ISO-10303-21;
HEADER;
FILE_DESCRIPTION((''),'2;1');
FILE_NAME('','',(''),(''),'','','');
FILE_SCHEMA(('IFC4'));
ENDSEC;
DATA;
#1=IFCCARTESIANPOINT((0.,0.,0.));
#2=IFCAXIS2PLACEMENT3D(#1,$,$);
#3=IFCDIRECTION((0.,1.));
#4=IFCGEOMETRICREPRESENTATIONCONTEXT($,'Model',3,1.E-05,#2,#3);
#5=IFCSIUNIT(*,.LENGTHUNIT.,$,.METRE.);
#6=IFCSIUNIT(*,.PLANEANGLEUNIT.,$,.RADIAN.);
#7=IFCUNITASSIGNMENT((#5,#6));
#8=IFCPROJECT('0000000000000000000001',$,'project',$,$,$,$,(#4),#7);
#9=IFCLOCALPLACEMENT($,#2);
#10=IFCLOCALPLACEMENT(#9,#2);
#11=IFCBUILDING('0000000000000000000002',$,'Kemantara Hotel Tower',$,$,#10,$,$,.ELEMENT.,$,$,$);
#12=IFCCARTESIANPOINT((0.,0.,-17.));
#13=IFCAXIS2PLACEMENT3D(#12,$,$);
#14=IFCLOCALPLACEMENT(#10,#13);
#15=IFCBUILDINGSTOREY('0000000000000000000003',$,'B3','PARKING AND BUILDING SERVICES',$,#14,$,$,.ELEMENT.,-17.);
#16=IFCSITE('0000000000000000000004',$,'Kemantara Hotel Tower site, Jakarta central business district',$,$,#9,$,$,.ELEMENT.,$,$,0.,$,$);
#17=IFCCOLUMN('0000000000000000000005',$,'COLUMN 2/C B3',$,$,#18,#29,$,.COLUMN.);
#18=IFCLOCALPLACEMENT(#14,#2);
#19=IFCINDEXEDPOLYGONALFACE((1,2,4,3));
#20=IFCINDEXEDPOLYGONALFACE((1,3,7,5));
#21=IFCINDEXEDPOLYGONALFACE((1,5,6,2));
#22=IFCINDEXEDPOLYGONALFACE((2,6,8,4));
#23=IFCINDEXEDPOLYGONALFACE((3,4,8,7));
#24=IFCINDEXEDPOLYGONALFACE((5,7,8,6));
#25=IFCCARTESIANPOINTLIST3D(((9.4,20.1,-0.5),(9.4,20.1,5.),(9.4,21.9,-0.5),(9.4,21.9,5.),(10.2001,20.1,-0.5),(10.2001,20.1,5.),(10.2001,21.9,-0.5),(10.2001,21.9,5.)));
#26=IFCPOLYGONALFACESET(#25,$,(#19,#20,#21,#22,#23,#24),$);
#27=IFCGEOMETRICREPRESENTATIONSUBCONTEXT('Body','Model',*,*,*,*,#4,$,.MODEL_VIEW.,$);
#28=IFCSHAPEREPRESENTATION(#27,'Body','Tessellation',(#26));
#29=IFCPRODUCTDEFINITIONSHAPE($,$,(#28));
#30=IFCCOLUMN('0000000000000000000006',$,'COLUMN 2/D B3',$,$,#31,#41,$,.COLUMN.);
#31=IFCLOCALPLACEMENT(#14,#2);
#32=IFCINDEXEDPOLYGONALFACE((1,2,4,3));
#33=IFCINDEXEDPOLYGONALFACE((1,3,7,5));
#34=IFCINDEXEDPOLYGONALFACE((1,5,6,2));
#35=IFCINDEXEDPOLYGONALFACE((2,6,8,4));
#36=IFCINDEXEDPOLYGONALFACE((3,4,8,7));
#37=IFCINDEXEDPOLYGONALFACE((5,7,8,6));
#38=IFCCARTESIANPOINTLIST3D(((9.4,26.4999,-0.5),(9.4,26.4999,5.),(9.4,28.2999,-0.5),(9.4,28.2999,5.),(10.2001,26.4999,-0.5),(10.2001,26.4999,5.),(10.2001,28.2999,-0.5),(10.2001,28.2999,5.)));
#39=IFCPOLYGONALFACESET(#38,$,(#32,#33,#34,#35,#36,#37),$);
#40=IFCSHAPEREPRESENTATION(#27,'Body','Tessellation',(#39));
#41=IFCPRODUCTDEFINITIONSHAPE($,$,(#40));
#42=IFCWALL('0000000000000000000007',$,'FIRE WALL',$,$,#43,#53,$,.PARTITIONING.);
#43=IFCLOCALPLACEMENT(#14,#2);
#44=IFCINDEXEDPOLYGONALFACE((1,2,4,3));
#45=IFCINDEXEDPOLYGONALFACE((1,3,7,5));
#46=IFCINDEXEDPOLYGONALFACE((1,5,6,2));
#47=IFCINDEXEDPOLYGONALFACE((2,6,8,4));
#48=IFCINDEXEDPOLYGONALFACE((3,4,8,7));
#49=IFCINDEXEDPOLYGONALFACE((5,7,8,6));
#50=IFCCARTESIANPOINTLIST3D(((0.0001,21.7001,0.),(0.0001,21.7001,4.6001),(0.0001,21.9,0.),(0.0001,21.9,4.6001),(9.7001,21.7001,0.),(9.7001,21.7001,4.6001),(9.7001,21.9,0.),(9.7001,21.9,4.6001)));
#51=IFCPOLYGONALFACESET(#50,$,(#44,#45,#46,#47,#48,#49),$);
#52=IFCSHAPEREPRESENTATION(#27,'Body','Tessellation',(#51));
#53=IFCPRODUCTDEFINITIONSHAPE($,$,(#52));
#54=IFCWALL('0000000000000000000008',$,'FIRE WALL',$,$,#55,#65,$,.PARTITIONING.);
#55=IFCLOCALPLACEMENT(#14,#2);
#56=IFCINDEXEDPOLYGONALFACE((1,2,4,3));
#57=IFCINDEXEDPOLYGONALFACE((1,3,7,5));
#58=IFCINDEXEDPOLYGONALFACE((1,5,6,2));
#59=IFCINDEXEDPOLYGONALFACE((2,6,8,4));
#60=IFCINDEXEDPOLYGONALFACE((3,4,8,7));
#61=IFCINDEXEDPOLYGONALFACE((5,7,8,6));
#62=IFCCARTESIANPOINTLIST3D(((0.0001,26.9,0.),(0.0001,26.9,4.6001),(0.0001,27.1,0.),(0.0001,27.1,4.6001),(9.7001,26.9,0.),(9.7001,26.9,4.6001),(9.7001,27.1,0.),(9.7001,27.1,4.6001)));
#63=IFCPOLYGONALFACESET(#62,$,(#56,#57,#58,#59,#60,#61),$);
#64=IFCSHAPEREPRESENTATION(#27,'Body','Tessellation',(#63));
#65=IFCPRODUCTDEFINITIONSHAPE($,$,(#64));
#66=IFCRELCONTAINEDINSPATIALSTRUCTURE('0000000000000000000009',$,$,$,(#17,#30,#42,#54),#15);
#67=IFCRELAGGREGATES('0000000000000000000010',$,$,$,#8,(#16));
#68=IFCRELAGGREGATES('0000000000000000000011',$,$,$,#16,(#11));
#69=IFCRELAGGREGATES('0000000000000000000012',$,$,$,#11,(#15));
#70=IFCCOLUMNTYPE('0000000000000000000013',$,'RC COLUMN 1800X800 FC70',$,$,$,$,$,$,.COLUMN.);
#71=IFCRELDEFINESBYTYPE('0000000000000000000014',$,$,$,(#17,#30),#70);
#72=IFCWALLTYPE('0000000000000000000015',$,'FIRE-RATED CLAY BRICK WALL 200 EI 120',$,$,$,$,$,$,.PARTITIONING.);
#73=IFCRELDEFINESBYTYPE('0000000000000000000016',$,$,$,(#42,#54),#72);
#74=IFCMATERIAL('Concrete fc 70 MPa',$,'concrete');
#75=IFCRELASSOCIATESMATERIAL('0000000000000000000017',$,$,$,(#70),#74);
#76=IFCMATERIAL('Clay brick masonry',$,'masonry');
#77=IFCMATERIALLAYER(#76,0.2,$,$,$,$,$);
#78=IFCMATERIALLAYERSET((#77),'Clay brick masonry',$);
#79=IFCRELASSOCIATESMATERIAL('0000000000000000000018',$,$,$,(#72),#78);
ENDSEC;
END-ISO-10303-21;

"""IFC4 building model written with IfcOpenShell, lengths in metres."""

from ifc_helpers import new_model, si_unit, direction, frame, frame_2d, origin, origin_2d, place, context, subcontext, project, spatial, rectangle, extrude, material, layer, layer_set, material_profile, profile_set, type_object, element, save


model = new_model("IFC4")

# Units and contexts
model_context = context("Model", 3, precision=1e-05, world=origin(), true_north=direction((0.0, 1.0)))
body_context = subcontext(model_context, "Body", "Model", "MODEL_VIEW")
ifc_project = project(units=[si_unit("LENGTHUNIT", "METRE"), si_unit("PLANEANGLEUNIT", "RADIAN")], contexts=[model_context])

# Site, building, storey
site_placement = place(None, origin())
site = spatial("IfcSite", under=ifc_project, at=site_placement, Name="Kemantara Hotel Tower site, Jakarta central business district", CompositionType="ELEMENT", RefElevation=0.0)
building_placement = place(site_placement, origin())
building = spatial("IfcBuilding", under=site, at=building_placement, Name="Kemantara Hotel Tower", CompositionType="ELEMENT")
storey_placement = place(building_placement, frame((0.0, 0.0, -17.0)))
storey = spatial("IfcBuildingStorey", under=building, at=storey_placement, Name="B3", Description="PARKING AND BUILDING SERVICES", CompositionType="ELEMENT", Elevation=-17.0)

# Columns
ifc_material_1 = material(Name="Concrete fc 70 MPa", Category="concrete")
ifc_material_profile_1 = material_profile(ifc_material_1, rectangle(XDim=1.8, YDim=0.8, at=origin_2d()), Name="RC 1800X800")
ifc_profile_set_1 = profile_set([ifc_material_profile_1], Name="Concrete fc 70 MPa")
column_type_1 = type_object("IfcColumnType", Name="RC COLUMN 1800X800 FC70", PredefinedType="COLUMN", material=ifc_profile_set_1)
for number, where, z_axis, x_axis, name in (
    (1, (9.8, 21.0, -0.5), (0.0, 0.0, 1.0), (0.0, 1.0, 0.0), "COLUMN 2/C B3"),
    (2, (9.8, 27.3999, -0.5), (0.0, 0.0, 1.0), (0.0, 1.0, 0.0), "COLUMN 2/D B3"),
):
    element("IfcColumn", number, at=place(storey_placement, frame(where, z_axis=z_axis, x_axis=x_axis)), inside=storey, type_object=column_type_1, Name=name, PredefinedType="COLUMN", context=body_context, shape_type="SweptSolid", body=[
        extrude(rectangle(XDim=1.8, YDim=0.8, at=origin_2d()), origin(), (0.0, 0.0, 1.0), 5.5),
    ])

# Walls
ifc_material_2 = material(Name="Clay brick masonry", Category="masonry")
ifc_layer = layer(ifc_material_2, 0.2)
ifc_layer_set = layer_set([ifc_layer], Name="Clay brick masonry")
wall_type = type_object("IfcWallType", Name="FIRE-RATED CLAY BRICK WALL 200 EI 120", PredefinedType="PARTITIONING", material=ifc_layer_set)
for number, where, z_axis, x_axis, name in (
    (3, (0.0, 21.8, 0.0), (0.0, 0.0, 1.0), (1.0, 0.0, 0.0), "FIRE WALL"),
    (4, (0.0, 27.0, 0.0), (0.0, 0.0, 1.0), (1.0, 0.0, 0.0), "FIRE WALL"),
):
    element("IfcWall", number, at=place(storey_placement, frame(where, z_axis=z_axis, x_axis=x_axis)), inside=storey, type_object=wall_type, Name=name, PredefinedType="PARTITIONING", context=body_context, shape_type="SweptSolid", body=[
        extrude(rectangle(XDim=9.7, YDim=0.2, at=frame_2d((4.8501, 0.0))), origin(), (0.0, 0.0, 1.0), 4.6001),
    ])

save(model, "model.ifc")
